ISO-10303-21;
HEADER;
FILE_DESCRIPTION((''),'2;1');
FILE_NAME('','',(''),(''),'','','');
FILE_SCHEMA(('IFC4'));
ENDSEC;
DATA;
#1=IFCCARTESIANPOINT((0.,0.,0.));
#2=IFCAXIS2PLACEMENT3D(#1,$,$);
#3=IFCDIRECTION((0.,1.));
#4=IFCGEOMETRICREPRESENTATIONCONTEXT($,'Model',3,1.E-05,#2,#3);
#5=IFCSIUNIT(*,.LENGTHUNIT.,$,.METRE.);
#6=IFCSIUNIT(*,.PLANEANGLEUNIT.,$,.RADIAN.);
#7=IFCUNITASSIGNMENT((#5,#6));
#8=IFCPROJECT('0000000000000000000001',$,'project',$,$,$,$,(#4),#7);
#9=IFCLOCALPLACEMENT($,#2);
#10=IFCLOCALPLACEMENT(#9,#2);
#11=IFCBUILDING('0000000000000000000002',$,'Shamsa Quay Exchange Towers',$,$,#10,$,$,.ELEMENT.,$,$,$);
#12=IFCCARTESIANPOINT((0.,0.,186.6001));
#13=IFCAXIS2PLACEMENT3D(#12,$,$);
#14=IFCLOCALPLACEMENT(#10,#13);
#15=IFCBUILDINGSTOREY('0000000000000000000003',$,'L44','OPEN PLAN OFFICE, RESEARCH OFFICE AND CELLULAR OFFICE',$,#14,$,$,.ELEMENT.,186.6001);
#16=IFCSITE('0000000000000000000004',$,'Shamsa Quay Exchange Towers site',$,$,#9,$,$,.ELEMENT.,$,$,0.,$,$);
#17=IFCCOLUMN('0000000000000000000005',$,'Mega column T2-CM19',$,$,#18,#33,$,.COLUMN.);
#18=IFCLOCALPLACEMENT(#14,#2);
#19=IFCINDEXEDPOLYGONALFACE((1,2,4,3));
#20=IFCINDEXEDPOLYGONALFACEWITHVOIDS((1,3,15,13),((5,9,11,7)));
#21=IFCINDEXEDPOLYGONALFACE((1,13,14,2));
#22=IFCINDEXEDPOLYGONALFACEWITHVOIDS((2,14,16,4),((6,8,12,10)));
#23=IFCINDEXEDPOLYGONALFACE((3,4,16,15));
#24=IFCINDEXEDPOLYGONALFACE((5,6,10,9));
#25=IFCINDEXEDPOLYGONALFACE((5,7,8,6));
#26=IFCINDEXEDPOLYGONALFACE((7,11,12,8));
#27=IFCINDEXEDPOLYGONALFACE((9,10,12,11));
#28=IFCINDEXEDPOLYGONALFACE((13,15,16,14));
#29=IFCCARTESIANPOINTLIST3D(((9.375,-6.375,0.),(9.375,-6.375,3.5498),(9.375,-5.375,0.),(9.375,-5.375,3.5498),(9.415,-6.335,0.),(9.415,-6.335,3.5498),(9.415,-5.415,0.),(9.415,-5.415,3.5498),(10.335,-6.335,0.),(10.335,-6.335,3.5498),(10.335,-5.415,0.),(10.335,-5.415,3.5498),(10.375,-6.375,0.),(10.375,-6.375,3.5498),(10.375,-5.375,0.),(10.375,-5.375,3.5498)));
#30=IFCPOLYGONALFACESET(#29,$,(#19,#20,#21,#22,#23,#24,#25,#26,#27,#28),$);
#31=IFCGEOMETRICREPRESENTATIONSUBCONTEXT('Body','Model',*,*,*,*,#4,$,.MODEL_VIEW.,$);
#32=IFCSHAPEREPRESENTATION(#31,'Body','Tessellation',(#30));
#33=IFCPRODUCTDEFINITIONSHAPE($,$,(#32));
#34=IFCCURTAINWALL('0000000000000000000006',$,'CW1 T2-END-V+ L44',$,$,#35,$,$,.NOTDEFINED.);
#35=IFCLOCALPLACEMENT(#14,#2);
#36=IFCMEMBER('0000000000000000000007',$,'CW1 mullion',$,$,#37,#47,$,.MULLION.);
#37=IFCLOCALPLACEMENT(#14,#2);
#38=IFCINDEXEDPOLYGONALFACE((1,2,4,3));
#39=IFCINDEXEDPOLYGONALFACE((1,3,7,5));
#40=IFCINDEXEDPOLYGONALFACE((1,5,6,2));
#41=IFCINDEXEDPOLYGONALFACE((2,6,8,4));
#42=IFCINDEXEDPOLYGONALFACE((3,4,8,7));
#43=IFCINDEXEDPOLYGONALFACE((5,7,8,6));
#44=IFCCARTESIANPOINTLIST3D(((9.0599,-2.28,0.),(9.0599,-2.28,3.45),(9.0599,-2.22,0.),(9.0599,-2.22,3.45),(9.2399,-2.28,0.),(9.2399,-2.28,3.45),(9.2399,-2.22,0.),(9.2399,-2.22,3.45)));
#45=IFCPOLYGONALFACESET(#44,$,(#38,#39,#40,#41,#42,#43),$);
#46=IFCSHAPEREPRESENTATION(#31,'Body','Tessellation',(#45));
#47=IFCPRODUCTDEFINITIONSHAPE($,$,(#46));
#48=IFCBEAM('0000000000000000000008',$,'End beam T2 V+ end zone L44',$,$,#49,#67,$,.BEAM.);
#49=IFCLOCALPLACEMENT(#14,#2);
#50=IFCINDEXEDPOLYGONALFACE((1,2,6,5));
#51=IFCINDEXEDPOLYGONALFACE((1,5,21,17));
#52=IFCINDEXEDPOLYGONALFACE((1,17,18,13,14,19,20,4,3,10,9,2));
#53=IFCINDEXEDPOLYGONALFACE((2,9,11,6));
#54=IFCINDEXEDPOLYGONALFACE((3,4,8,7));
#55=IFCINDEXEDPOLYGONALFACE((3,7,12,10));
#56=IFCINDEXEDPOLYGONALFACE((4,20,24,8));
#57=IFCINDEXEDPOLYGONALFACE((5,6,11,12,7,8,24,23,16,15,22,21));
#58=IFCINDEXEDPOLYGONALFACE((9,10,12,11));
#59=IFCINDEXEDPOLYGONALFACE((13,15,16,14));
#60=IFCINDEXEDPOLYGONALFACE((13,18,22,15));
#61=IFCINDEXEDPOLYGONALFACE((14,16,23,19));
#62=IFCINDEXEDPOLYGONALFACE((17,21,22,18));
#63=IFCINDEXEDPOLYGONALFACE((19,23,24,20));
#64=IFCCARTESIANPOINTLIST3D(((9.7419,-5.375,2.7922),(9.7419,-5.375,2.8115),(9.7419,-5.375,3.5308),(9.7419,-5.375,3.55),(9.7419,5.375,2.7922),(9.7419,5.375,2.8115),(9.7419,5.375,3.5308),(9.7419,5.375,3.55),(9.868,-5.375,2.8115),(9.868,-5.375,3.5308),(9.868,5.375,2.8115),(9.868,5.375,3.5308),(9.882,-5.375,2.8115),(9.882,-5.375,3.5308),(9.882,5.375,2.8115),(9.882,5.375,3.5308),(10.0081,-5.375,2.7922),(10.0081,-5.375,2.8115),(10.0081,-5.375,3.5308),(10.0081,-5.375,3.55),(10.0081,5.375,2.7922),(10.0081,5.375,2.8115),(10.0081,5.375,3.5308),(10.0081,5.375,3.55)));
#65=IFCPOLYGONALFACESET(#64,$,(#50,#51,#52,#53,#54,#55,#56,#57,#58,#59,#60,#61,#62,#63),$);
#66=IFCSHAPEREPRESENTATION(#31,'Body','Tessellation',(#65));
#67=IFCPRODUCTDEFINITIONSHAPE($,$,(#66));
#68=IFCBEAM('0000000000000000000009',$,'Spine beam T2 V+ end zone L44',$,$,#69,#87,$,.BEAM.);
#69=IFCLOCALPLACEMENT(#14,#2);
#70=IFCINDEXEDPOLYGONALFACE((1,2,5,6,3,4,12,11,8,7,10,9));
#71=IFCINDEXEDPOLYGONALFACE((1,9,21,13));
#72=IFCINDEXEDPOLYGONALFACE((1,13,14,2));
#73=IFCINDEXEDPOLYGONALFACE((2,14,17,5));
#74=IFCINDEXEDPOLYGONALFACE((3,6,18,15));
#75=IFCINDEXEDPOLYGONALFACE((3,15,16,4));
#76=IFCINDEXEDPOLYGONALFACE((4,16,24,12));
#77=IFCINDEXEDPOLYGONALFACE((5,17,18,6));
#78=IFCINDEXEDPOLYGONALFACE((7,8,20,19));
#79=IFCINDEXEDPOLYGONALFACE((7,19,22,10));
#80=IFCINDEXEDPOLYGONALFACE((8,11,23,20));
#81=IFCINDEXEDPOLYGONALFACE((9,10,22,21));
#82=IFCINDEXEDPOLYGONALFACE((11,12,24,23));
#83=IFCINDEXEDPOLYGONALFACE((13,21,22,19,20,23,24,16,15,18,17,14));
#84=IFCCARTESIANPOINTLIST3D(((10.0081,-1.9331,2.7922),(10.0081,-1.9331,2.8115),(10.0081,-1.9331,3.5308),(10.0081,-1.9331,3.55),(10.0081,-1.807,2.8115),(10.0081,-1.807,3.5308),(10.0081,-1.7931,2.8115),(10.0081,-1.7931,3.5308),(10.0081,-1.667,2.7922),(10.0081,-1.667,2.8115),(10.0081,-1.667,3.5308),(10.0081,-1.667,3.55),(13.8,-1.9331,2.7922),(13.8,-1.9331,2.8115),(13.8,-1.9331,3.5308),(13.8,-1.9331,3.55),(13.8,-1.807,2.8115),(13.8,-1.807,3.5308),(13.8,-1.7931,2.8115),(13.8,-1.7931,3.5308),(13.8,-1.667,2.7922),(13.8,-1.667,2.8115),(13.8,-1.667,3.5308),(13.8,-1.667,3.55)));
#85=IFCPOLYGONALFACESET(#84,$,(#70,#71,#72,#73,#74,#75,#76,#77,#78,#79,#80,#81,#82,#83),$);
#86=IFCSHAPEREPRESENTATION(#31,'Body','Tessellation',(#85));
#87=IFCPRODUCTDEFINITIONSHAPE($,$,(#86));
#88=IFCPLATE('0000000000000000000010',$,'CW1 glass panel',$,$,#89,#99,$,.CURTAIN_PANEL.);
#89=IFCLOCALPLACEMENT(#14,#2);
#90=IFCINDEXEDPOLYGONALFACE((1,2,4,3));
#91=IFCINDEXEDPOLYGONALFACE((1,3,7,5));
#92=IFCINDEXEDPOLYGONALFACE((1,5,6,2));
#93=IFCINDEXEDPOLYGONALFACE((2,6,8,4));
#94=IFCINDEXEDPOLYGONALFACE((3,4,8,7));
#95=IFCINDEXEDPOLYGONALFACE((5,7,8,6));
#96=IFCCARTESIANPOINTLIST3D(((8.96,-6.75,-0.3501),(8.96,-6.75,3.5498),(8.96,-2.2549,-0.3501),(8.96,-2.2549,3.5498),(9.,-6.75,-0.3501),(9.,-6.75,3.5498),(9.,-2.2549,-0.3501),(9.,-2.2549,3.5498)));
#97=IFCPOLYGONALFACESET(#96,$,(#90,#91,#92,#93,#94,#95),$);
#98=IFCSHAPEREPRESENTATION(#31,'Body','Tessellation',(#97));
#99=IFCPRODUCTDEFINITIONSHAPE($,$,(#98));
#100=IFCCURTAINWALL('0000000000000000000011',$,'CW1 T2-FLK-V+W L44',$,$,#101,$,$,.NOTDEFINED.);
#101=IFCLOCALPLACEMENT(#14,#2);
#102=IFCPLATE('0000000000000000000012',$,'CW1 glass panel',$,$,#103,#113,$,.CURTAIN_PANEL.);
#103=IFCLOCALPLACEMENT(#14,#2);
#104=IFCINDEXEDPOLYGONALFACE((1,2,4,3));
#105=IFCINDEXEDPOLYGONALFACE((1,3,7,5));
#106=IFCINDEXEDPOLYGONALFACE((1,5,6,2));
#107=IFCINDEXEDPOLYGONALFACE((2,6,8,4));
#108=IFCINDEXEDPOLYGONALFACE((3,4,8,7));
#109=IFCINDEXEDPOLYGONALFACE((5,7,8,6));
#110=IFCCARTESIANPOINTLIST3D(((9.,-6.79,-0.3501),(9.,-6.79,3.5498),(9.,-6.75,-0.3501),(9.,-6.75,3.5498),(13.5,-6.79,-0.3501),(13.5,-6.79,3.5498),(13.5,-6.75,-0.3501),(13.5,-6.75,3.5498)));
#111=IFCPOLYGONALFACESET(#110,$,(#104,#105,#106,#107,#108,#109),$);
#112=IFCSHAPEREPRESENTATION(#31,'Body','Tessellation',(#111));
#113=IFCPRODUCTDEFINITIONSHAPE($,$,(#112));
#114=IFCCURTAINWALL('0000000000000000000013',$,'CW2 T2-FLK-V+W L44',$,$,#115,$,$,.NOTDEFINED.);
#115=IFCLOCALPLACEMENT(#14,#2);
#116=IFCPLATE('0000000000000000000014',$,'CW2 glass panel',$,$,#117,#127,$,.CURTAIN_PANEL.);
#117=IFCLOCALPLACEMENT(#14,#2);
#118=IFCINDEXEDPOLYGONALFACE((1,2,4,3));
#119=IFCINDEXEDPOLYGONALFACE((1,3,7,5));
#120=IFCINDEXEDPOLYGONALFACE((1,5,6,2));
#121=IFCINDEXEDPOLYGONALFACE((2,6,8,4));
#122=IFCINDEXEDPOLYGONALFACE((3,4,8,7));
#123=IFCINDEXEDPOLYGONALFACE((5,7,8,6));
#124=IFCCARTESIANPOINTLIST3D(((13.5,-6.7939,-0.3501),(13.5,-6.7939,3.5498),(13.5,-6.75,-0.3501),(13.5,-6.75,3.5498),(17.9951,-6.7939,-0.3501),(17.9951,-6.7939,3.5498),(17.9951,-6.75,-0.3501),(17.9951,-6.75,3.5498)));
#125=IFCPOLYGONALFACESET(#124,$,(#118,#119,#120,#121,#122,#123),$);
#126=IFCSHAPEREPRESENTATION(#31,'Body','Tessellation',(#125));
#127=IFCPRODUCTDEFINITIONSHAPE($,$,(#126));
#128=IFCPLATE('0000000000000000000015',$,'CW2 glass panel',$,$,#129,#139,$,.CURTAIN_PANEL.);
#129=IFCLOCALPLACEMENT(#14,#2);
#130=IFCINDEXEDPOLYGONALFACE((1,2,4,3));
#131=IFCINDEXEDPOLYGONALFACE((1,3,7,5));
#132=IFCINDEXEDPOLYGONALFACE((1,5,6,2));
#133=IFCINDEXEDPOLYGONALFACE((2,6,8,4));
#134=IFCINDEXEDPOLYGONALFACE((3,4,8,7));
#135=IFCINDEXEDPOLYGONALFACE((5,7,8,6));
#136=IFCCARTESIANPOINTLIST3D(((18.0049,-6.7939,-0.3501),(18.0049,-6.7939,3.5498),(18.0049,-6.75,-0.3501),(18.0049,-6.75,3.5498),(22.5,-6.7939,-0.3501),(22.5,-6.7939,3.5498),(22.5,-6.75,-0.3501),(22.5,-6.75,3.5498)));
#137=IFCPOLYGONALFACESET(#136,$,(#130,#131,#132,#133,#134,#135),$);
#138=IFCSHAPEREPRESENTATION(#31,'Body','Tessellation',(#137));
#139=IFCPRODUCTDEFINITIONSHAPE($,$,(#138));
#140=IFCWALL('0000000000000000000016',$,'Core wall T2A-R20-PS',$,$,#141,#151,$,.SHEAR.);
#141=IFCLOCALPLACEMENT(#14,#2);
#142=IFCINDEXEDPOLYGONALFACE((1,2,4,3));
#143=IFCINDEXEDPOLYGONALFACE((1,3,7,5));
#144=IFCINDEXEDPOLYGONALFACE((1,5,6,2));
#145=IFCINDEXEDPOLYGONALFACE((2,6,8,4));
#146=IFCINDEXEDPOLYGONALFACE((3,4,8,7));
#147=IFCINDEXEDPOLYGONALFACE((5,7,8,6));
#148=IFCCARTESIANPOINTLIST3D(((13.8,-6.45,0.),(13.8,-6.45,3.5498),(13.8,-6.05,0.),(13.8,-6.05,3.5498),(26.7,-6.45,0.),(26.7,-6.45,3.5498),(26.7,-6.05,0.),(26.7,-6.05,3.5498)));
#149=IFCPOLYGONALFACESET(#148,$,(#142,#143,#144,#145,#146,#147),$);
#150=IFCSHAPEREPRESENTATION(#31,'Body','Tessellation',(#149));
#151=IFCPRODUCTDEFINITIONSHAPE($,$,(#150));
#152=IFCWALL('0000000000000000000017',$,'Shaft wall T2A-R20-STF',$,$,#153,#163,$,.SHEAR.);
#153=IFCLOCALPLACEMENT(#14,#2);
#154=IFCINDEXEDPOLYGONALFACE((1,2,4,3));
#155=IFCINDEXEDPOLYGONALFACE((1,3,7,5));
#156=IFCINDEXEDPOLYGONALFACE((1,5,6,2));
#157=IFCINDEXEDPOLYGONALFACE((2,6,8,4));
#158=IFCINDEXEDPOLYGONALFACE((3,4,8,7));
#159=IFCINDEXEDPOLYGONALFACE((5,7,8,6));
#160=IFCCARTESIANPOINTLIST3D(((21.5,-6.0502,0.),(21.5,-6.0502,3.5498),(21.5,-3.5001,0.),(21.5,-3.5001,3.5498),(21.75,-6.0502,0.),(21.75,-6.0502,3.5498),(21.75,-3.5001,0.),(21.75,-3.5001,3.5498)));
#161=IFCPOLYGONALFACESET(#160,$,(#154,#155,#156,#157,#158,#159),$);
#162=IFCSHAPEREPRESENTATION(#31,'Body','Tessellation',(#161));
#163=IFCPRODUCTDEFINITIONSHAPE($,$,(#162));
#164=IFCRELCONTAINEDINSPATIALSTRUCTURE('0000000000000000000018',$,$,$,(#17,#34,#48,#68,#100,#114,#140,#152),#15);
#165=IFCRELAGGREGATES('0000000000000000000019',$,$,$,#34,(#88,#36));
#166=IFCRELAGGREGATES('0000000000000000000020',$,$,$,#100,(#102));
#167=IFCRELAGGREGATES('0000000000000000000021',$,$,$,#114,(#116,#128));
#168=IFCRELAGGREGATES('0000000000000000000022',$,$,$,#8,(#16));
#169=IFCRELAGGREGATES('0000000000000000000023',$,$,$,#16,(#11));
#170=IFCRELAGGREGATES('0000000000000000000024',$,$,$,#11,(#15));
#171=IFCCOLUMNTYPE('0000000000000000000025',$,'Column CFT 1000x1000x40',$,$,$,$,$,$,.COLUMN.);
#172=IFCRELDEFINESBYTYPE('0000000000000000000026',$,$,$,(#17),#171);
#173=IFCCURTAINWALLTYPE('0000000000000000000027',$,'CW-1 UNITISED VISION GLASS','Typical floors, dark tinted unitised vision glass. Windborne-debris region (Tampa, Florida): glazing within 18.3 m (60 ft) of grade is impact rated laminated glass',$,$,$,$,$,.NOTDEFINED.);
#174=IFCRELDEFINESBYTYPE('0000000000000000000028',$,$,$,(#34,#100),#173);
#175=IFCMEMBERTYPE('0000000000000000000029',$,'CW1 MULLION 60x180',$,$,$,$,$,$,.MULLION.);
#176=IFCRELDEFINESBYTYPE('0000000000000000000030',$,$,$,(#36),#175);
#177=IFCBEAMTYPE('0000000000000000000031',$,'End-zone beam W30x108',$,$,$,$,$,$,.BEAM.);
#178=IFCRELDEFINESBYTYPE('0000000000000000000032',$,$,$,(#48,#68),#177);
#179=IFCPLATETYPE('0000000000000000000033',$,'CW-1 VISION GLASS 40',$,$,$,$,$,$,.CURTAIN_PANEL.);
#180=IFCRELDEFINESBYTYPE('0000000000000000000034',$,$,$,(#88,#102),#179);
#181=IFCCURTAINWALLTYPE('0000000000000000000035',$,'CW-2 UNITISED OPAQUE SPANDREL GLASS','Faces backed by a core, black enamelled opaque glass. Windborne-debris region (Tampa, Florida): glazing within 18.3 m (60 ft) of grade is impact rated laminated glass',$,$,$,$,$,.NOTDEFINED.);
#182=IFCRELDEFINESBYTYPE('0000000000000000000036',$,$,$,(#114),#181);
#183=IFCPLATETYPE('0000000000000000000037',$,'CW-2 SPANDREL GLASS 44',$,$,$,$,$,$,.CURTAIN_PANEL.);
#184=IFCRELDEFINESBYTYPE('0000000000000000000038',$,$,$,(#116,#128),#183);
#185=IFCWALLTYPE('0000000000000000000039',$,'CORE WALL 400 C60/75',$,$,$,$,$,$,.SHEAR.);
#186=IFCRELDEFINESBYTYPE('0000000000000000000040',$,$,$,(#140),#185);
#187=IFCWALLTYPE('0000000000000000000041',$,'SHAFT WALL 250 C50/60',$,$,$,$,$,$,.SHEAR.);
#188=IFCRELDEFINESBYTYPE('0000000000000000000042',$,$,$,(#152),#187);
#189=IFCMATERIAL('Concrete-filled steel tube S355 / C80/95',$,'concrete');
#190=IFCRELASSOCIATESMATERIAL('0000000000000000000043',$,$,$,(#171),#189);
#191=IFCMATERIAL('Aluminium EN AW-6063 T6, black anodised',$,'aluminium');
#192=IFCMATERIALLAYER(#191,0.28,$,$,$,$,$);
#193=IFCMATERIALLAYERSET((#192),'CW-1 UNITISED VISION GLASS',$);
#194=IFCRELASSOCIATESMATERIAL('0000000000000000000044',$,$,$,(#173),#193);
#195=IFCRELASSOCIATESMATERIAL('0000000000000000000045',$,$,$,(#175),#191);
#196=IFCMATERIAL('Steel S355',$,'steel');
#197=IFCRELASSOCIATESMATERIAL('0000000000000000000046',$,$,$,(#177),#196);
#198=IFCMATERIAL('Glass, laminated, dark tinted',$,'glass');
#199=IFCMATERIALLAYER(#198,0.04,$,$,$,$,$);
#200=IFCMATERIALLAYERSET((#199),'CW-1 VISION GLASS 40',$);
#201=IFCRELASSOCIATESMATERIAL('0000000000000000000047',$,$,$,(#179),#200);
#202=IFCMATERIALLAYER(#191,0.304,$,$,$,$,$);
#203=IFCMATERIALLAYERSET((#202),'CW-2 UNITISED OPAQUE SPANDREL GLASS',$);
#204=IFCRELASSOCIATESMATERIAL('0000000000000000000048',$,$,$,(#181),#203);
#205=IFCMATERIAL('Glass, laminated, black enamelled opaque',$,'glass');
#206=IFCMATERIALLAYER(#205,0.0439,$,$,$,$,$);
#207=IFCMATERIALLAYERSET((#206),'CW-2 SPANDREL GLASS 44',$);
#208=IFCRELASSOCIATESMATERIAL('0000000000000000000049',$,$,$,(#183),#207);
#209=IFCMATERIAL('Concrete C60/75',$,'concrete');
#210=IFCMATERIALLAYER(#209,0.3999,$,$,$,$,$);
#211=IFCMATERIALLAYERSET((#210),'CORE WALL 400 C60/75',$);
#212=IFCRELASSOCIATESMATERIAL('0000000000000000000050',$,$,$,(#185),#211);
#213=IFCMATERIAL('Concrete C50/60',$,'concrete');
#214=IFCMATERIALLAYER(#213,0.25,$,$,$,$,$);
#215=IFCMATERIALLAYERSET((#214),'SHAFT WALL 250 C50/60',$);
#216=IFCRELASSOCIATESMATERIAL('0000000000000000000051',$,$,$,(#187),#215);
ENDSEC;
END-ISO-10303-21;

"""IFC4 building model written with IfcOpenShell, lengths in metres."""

from ifc_helpers import new_model, si_unit, direction, frame, frame_2d, origin, origin_2d, place, context, subcontext, project, spatial, rectangle, hollow_rectangle, i_section, extrude, material, layer, layer_set, material_profile, profile_set, type_object, element, aggregate, save


model = new_model("IFC4")

# Units and contexts
model_context = context("Model", 3, precision=1e-05, world=origin(), true_north=direction((0.0, 1.0)))
body_context = subcontext(model_context, "Body", "Model", "MODEL_VIEW")
ifc_project = project(units=[si_unit("LENGTHUNIT", "METRE"), si_unit("PLANEANGLEUNIT", "RADIAN")], contexts=[model_context])

# Site, building, storey
site_placement = place(None, origin())
site = spatial("IfcSite", under=ifc_project, at=site_placement, Name="Shamsa Quay Exchange Towers site", CompositionType="ELEMENT", RefElevation=0.0)
building_placement = place(site_placement, origin())
building = spatial("IfcBuilding", under=site, at=building_placement, Name="Shamsa Quay Exchange Towers", CompositionType="ELEMENT")
storey_placement = place(building_placement, frame((0.0, 0.0, 186.6001)))
storey = spatial("IfcBuildingStorey", under=building, at=storey_placement, Name="L44", Description="OPEN PLAN OFFICE, RESEARCH OFFICE AND CELLULAR OFFICE", CompositionType="ELEMENT", Elevation=186.6001)

# Column
ifc_material_1 = material(Name="Concrete-filled steel tube S355 / C80/95", Category="concrete")
ifc_material_profile_1 = material_profile(ifc_material_1, hollow_rectangle(XDim=1.0, YDim=1.0, WallThickness=0.04, at=origin_2d()), Name="CFT 1000x1000x40")
ifc_profile_set_1 = profile_set([ifc_material_profile_1], Name="Concrete-filled steel tube S355 / C80/95")
column_type = type_object("IfcColumnType", Name="Column CFT 1000x1000x40", PredefinedType="COLUMN", material=ifc_profile_set_1)
column_placement = place(storey_placement, frame((9.875, -5.875, 0.0)))
element("IfcColumn", 1, at=column_placement, inside=storey, type_object=column_type, Name="Mega column T2-CM19", PredefinedType="COLUMN", context=body_context, shape_type="SweptSolid", body=[
    extrude(hollow_rectangle(XDim=1.0, YDim=1.0, WallThickness=0.04, at=origin_2d()), origin(), (0.0, 0.0, 1.0), 3.5498),
])

# Curtain wall, member
ifc_material_2 = material(Name="Aluminium EN AW-6063 T6, black anodised", Category="aluminium")
ifc_layer_1 = layer(ifc_material_2, 0.28)
ifc_layer_set_1 = layer_set([ifc_layer_1], Name="CW-1 UNITISED VISION GLASS")
curtain_wall_type_1 = type_object("IfcCurtainWallType", Name="CW-1 UNITISED VISION GLASS", Description="Typical floors, dark tinted unitised vision glass. Windborne-debris region (Tampa, Florida): glazing within 18.3 m (60 ft) of grade is impact rated laminated glass", PredefinedType="NOTDEFINED", material=ifc_layer_set_1)
curtain_wall_1_placement = place(storey_placement, origin())
curtain_wall_1 = element("IfcCurtainWall", 2, at=curtain_wall_1_placement, inside=storey, type_object=curtain_wall_type_1, Name="CW1 T2-END-V+ L44", PredefinedType="NOTDEFINED")
ifc_material_profile_2 = material_profile(ifc_material_2, rectangle(XDim=0.1799, YDim=0.0601, at=origin_2d()), Name="MU60x180")
ifc_profile_set_2 = profile_set([ifc_material_profile_2], Name="Aluminium EN AW-6063 T6, black anodised")
member_type = type_object("IfcMemberType", Name="CW1 MULLION 60x180", PredefinedType="MULLION", material=ifc_profile_set_2)
member_placement = place(storey_placement, frame((9.1499, -2.25, 0.0)))
member = element("IfcMember", 3, at=member_placement, type_object=member_type, Name="CW1 mullion", PredefinedType="MULLION", context=body_context, shape_type="SweptSolid", body=[
    extrude(rectangle(XDim=0.1799, YDim=0.0601, at=origin_2d()), origin(), (0.0, 0.0, 1.0), 3.45),
])

# Beams
ifc_material_3 = material(Name="Steel S355", Category="steel")
ifc_material_profile_3 = material_profile(ifc_material_3, i_section(OverallWidth=0.2661, OverallDepth=0.7578, WebThickness=0.0139, FlangeThickness=0.0193, at=origin_2d()), Name="W30x108")
ifc_profile_set_3 = profile_set([ifc_material_profile_3], Name="Steel S355")
beam_type = type_object("IfcBeamType", Name="End-zone beam W30x108", PredefinedType="BEAM", material=ifc_profile_set_3)
beam_1_placement = place(storey_placement, frame((9.875, -5.375, 3.1711), z_axis=(0.0, 1.0, 0.0), x_axis=(-1.0, 0.0, 0.0)))
element("IfcBeam", 4, at=beam_1_placement, inside=storey, type_object=beam_type, Name="End beam T2 V+ end zone L44", PredefinedType="BEAM", context=body_context, shape_type="SweptSolid", body=[
    extrude(i_section(OverallWidth=0.2661, OverallDepth=0.7578, WebThickness=0.0139, FlangeThickness=0.0193, at=origin_2d()), origin(), (0.0, 0.0, 1.0), 10.75),
])
beam_2_placement = place(storey_placement, frame((13.8, -1.8, 3.1711), z_axis=(-1.0, 0.0, 0.0), x_axis=(0.0, -1.0, 0.0)))
element("IfcBeam", 5, at=beam_2_placement, inside=storey, type_object=beam_type, Name="Spine beam T2 V+ end zone L44", PredefinedType="BEAM", context=body_context, shape_type="SweptSolid", body=[
    extrude(i_section(OverallWidth=0.2661, OverallDepth=0.7578, WebThickness=0.0139, FlangeThickness=0.0193, at=origin_2d()), origin(), (0.0, 0.0, 1.0), 3.792),
])

# Plate
ifc_material_4 = material(Name="Glass, laminated, dark tinted", Category="glass")
ifc_layer_2 = layer(ifc_material_4, 0.04)
ifc_layer_set_2 = layer_set([ifc_layer_2], Name="CW-1 VISION GLASS 40")
plate_type_1 = type_object("IfcPlateType", Name="CW-1 VISION GLASS 40", PredefinedType="CURTAIN_PANEL", material=ifc_layer_set_2)
plate_1_placement = place(storey_placement, frame((8.98, -4.5024, -0.3501), z_axis=(0.0, 0.0, 1.0), x_axis=(0.0, -1.0, 0.0)))
plate_1 = element("IfcPlate", 6, at=plate_1_placement, type_object=plate_type_1, Name="CW1 glass panel", PredefinedType="CURTAIN_PANEL", context=body_context, shape_type="SweptSolid", body=[
    extrude(rectangle(XDim=4.4951, YDim=0.04, at=origin_2d()), origin(), (0.0, 0.0, 1.0), 3.8999),
])
aggregate(curtain_wall_1, [plate_1, member])

# Curtain wall, plate
curtain_wall_2_placement = place(storey_placement, origin())
curtain_wall_2 = element("IfcCurtainWall", 7, at=curtain_wall_2_placement, inside=storey, type_object=curtain_wall_type_1, Name="CW1 T2-FLK-V+W L44", PredefinedType="NOTDEFINED")
plate_2_placement = place(storey_placement, frame((11.25, -6.77, -0.3501)))
plate_2 = element("IfcPlate", 8, at=plate_2_placement, type_object=plate_type_1, Name="CW1 glass panel", PredefinedType="CURTAIN_PANEL", context=body_context, shape_type="SweptSolid", body=[
    extrude(rectangle(XDim=4.5, YDim=0.04, at=origin_2d()), origin(), (0.0, 0.0, 1.0), 3.8999),
])
aggregate(curtain_wall_2, [plate_2])

# Curtain wall, plates
ifc_layer_3 = layer(ifc_material_2, 0.304)
ifc_layer_set_3 = layer_set([ifc_layer_3], Name="CW-2 UNITISED OPAQUE SPANDREL GLASS")
curtain_wall_type_2 = type_object("IfcCurtainWallType", Name="CW-2 UNITISED OPAQUE SPANDREL GLASS", Description="Faces backed by a core, black enamelled opaque glass. Windborne-debris region (Tampa, Florida): glazing within 18.3 m (60 ft) of grade is impact rated laminated glass", PredefinedType="NOTDEFINED", material=ifc_layer_set_3)
curtain_wall_3_placement = place(storey_placement, origin())
curtain_wall_3 = element("IfcCurtainWall", 9, at=curtain_wall_3_placement, inside=storey, type_object=curtain_wall_type_2, Name="CW2 T2-FLK-V+W L44", PredefinedType="NOTDEFINED")
ifc_material_5 = material(Name="Glass, laminated, black enamelled opaque", Category="glass")
ifc_layer_4 = layer(ifc_material_5, 0.0439)
ifc_layer_set_4 = layer_set([ifc_layer_4], Name="CW-2 SPANDREL GLASS 44")
plate_type_2 = type_object("IfcPlateType", Name="CW-2 SPANDREL GLASS 44", PredefinedType="CURTAIN_PANEL", material=ifc_layer_set_4)
plate_3_placement = place(storey_placement, frame((15.7476, -6.772, -0.3501)))
plate_3 = element("IfcPlate", 10, at=plate_3_placement, type_object=plate_type_2, Name="CW2 glass panel", PredefinedType="CURTAIN_PANEL", context=body_context, shape_type="SweptSolid", body=[
    extrude(rectangle(XDim=4.4951, YDim=0.0439, at=origin_2d()), origin(), (0.0, 0.0, 1.0), 3.8999),
])
plate_4_placement = place(storey_placement, frame((20.2524, -6.772, -0.3501)))
plate_4 = element("IfcPlate", 11, at=plate_4_placement, type_object=plate_type_2, Name="CW2 glass panel", PredefinedType="CURTAIN_PANEL", context=body_context, shape_type="SweptSolid", body=[
    extrude(rectangle(XDim=4.4951, YDim=0.0439, at=origin_2d()), origin(), (0.0, 0.0, 1.0), 3.8999),
])
aggregate(curtain_wall_3, [plate_3, plate_4])

# Walls
ifc_material_6 = material(Name="Concrete C60/75", Category="concrete")
ifc_layer_5 = layer(ifc_material_6, 0.3999)
ifc_layer_set_5 = layer_set([ifc_layer_5], Name="CORE WALL 400 C60/75")
wall_type_1 = type_object("IfcWallType", Name="CORE WALL 400 C60/75", PredefinedType="SHEAR", material=ifc_layer_set_5)
wall_1_placement = place(storey_placement, frame((13.8, -6.25, 0.0)))
element("IfcWall", 12, at=wall_1_placement, inside=storey, type_object=wall_type_1, Name="Core wall T2A-R20-PS", PredefinedType="SHEAR", context=body_context, shape_type="SweptSolid", body=[
    extrude(rectangle(XDim=12.8999, YDim=0.3999, at=frame_2d((6.45, 0.0))), origin(), (0.0, 0.0, 1.0), 3.5498),
])
ifc_material_7 = material(Name="Concrete C50/60", Category="concrete")
ifc_layer_6 = layer(ifc_material_7, 0.25)
ifc_layer_set_6 = layer_set([ifc_layer_6], Name="SHAFT WALL 250 C50/60")
wall_type_2 = type_object("IfcWallType", Name="SHAFT WALL 250 C50/60", PredefinedType="SHEAR", material=ifc_layer_set_6)
wall_2_placement = place(storey_placement, frame((21.625, -6.05, 0.0), z_axis=(0.0, 0.0, 1.0), x_axis=(0.0, 1.0, 0.0)))
element("IfcWall", 13, at=wall_2_placement, inside=storey, type_object=wall_type_2, Name="Shaft wall T2A-R20-STF", PredefinedType="SHEAR", context=body_context, shape_type="SweptSolid", body=[
    extrude(rectangle(XDim=2.55, YDim=0.25, at=frame_2d((1.2749, 0.0))), origin(), (0.0, 0.0, 1.0), 3.5498),
])

save(model, "model.ifc")
